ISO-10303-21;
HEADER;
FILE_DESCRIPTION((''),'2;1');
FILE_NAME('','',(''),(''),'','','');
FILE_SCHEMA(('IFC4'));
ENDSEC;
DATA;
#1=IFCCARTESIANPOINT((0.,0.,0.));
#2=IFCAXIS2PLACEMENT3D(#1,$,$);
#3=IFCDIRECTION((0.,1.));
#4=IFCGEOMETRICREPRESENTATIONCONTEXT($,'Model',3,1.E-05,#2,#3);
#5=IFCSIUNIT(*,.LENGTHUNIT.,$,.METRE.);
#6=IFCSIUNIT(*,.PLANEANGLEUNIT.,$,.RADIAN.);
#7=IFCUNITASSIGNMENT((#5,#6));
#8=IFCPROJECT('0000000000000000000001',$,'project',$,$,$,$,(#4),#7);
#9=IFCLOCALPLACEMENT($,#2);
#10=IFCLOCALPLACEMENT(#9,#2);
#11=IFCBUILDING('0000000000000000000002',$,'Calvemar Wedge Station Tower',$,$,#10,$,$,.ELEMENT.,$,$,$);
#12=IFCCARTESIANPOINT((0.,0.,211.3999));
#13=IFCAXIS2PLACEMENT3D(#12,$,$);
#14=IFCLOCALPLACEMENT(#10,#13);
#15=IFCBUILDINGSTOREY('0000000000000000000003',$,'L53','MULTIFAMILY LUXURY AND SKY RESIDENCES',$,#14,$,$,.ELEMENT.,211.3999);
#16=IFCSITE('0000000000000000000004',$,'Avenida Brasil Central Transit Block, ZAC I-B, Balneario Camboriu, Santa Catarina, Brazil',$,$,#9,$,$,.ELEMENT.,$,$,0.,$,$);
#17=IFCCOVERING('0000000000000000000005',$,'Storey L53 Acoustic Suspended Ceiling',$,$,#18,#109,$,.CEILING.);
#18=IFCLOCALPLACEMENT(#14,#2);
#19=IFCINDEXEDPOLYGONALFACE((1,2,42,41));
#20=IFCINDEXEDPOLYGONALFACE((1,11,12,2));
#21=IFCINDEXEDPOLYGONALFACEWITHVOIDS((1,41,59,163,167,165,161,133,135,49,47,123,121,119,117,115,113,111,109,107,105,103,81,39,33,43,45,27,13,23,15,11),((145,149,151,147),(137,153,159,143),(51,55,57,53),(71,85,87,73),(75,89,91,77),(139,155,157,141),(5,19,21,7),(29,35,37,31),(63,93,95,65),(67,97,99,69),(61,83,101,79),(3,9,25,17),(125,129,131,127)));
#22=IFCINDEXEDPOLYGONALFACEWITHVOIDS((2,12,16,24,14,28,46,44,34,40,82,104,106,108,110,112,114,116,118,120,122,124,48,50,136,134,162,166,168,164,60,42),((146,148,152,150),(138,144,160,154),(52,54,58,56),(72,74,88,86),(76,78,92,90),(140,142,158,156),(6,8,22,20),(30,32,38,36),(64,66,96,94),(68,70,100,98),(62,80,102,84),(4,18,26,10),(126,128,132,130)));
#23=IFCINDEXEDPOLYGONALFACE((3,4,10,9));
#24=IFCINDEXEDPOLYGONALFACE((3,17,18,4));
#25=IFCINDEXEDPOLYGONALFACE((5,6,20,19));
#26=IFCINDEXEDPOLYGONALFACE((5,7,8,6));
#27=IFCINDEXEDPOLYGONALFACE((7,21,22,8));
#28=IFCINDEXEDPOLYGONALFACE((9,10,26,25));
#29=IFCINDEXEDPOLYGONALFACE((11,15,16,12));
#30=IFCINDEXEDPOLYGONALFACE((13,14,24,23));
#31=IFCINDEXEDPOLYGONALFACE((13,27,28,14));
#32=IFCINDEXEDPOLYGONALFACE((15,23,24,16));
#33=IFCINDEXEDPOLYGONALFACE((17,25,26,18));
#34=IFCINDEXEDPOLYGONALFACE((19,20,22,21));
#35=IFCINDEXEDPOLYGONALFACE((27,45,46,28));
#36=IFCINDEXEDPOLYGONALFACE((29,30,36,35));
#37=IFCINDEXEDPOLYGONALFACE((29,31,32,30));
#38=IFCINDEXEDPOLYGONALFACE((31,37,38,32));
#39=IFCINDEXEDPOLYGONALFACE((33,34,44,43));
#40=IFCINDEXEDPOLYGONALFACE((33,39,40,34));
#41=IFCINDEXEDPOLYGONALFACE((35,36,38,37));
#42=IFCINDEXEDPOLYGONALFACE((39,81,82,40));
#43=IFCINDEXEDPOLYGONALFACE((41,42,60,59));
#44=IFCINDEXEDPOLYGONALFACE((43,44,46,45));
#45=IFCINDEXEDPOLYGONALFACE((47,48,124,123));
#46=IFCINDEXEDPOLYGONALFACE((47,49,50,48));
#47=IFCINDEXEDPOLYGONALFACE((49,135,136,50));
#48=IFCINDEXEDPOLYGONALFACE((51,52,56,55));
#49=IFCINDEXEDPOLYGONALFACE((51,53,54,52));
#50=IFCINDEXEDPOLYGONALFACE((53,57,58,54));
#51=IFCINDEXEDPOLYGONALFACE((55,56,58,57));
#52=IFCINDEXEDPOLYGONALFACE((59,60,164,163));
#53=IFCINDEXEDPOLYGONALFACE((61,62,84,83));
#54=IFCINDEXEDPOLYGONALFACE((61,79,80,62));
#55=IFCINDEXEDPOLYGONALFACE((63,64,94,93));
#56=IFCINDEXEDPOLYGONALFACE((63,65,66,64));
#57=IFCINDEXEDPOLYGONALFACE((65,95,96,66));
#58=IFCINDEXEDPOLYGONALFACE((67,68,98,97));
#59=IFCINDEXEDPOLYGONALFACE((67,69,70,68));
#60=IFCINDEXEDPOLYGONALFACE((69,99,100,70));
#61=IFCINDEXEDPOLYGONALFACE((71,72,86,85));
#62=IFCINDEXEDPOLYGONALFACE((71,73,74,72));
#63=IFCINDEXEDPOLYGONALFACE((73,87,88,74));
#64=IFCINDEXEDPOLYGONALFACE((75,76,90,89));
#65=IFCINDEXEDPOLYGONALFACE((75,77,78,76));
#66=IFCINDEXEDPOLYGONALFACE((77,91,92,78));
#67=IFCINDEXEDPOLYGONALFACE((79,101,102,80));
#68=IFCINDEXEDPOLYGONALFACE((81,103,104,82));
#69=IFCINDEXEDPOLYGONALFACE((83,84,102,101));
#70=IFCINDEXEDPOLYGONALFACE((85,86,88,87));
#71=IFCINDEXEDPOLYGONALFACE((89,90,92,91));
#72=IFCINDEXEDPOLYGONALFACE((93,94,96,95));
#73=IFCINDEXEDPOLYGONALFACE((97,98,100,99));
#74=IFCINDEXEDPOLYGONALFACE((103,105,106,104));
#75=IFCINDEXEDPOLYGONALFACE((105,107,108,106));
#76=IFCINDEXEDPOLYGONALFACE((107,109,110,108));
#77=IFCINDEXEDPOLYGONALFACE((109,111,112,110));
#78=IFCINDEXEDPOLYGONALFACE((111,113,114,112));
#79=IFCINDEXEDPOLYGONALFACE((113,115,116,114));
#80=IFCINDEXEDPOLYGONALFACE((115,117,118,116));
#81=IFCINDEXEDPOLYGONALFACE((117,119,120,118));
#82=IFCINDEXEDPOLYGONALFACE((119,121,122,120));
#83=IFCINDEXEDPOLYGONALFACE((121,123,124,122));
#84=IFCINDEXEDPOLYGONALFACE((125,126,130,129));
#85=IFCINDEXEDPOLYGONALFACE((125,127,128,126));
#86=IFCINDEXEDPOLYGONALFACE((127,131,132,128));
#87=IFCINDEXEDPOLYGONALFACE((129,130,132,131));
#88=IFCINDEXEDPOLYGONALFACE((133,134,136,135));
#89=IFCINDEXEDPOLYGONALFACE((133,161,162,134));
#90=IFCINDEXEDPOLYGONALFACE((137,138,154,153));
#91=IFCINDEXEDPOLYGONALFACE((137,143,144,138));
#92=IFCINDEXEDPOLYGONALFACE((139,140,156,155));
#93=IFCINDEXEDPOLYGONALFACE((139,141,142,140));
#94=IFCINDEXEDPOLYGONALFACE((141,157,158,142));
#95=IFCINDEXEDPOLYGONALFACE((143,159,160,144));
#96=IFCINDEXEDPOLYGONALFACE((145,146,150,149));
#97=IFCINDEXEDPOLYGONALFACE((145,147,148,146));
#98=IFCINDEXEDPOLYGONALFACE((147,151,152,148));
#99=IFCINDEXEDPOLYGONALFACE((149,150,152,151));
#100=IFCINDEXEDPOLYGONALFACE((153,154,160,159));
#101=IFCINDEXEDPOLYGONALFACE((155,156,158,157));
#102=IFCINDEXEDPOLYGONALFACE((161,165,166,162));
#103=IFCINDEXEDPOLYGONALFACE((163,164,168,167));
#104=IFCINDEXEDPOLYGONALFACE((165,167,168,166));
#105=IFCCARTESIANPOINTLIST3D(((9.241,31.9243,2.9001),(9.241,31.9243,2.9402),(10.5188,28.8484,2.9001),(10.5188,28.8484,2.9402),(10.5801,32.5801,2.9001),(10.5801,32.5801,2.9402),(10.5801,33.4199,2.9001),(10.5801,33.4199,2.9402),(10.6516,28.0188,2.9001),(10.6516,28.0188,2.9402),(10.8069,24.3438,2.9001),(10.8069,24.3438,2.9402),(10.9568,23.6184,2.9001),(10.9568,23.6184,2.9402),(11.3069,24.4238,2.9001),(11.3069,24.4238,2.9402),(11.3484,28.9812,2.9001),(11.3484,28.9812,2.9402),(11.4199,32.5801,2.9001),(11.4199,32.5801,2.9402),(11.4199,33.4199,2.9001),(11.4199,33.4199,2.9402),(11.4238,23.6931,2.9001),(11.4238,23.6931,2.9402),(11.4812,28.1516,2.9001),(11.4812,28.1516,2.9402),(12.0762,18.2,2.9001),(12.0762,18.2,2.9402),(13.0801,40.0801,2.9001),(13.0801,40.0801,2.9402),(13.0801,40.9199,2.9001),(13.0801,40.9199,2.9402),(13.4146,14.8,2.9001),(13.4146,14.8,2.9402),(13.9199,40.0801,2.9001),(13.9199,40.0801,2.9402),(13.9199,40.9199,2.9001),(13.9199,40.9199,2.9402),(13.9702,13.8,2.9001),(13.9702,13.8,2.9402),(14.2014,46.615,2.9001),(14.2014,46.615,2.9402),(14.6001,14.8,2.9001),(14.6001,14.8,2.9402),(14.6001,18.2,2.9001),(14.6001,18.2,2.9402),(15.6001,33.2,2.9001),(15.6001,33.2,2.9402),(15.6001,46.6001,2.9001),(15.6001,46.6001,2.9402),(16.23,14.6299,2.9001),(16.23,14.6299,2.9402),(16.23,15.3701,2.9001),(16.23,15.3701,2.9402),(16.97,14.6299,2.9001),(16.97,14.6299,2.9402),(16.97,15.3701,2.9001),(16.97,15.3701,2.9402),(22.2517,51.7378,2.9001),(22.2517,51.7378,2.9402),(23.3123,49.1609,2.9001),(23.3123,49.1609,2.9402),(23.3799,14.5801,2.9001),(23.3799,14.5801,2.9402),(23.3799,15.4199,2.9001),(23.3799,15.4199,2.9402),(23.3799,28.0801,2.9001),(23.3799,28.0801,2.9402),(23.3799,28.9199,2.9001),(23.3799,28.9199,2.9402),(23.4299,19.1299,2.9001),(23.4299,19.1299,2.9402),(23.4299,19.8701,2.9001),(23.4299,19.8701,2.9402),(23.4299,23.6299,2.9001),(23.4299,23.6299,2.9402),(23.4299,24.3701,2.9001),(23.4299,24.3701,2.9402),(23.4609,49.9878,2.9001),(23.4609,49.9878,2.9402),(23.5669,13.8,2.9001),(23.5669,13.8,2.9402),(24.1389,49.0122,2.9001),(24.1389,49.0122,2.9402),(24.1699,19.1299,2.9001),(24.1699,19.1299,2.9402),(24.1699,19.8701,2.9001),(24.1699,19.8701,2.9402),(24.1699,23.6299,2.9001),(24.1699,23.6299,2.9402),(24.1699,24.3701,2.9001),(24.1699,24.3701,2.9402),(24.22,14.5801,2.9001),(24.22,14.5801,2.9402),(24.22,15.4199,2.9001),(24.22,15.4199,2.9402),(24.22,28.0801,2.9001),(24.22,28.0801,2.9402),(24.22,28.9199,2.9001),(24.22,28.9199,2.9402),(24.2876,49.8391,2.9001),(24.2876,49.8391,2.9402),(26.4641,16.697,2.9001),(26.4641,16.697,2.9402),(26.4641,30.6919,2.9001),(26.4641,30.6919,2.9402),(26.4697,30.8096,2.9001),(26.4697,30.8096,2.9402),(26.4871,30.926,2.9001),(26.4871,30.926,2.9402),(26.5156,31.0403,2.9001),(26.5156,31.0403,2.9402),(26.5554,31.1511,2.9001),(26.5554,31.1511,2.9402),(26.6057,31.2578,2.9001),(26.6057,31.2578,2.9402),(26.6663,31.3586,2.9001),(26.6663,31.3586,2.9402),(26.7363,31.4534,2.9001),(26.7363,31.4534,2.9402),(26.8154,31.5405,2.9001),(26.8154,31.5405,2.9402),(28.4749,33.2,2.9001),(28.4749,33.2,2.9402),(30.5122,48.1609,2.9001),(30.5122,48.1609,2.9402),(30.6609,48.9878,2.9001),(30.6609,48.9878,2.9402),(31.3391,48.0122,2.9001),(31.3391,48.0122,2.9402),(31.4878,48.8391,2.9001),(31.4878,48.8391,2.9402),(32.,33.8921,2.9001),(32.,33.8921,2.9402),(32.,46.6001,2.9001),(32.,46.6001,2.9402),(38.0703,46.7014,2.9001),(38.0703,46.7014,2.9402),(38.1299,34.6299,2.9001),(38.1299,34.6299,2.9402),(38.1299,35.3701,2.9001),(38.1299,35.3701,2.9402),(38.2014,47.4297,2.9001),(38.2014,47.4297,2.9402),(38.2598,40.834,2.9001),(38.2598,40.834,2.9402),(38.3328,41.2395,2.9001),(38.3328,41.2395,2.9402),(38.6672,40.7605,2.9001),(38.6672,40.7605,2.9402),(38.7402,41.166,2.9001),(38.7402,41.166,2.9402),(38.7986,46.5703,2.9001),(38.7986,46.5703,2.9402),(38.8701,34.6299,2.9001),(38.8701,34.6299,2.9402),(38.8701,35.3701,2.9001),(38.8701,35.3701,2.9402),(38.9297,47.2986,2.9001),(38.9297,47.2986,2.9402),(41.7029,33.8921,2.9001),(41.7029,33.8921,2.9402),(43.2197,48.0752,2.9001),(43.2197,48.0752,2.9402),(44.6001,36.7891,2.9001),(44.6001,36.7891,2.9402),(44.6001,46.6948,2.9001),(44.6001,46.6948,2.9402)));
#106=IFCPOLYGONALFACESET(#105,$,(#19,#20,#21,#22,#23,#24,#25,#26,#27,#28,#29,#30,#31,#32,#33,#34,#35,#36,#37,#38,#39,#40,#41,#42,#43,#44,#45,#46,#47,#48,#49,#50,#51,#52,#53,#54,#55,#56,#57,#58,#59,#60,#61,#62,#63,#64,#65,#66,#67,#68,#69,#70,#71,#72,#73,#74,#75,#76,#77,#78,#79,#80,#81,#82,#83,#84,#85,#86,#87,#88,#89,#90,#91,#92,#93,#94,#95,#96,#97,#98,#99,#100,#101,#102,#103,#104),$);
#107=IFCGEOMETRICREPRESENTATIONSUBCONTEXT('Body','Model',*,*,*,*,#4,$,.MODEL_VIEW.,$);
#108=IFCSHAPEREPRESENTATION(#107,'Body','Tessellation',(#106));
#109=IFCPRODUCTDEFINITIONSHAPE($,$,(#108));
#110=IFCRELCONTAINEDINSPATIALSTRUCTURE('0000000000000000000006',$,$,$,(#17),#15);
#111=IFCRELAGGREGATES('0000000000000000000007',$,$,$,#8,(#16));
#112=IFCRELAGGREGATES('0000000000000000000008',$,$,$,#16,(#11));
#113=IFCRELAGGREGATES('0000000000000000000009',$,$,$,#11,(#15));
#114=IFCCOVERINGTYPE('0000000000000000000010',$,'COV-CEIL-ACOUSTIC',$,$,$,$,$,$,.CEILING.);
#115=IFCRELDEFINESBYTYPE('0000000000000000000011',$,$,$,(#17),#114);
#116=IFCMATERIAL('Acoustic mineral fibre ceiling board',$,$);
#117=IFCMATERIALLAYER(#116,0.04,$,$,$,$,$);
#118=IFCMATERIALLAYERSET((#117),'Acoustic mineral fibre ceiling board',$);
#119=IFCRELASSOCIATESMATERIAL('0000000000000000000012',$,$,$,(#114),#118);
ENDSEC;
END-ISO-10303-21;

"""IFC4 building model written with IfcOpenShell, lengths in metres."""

from ifc_helpers import new_model, si_unit, direction, frame, origin, place, context, subcontext, project, spatial, polyline, outline, extrude, material, layer, layer_set, type_object, element, save


model = new_model("IFC4")

# Units and contexts
model_context = context("Model", 3, precision=1e-05, world=origin(), true_north=direction((0.0, 1.0)))
body_context = subcontext(model_context, "Body", "Model", "MODEL_VIEW")
ifc_project = project(units=[si_unit("LENGTHUNIT", "METRE"), si_unit("PLANEANGLEUNIT", "RADIAN")], contexts=[model_context])

# Site, building, storey
site_placement = place(None, origin())
site = spatial("IfcSite", under=ifc_project, at=site_placement, Name="Avenida Brasil Central Transit Block, ZAC I-B, Balneario Camboriu, Santa Catarina, Brazil", CompositionType="ELEMENT", RefElevation=0.0)
building_placement = place(site_placement, origin())
building = spatial("IfcBuilding", under=site, at=building_placement, Name="Calvemar Wedge Station Tower", CompositionType="ELEMENT")
storey_placement = place(building_placement, frame((0.0, 0.0, 211.3999)))
storey = spatial("IfcBuildingStorey", under=building, at=storey_placement, Name="L53", Description="MULTIFAMILY LUXURY AND SKY RESIDENCES", CompositionType="ELEMENT", Elevation=211.3999)

# Covering
ifc_material_1 = material(Name="Acoustic mineral fibre ceiling board")
ifc_layer_1 = layer(ifc_material_1, 0.04)
ifc_layer_set_1 = layer_set([ifc_layer_1], Name="Acoustic mineral fibre ceiling board")
covering_type_1 = type_object("IfcCoveringType", Name="COV-CEIL-ACOUSTIC", PredefinedType="CEILING", material=ifc_layer_set_1)
covering_1_placement = place(storey_placement, frame((0.0, 0.0, 2.9001)))
element("IfcCovering", 1, at=covering_1_placement, inside=storey, type_object=covering_type_1, Name="Storey L53 Acoustic Suspended Ceiling", PredefinedType="CEILING", context=body_context, shape_type="SweptSolid", body=[
    extrude(outline(polyline([(26.6663, 31.3586), (26.7363, 31.4534), (26.8154, 31.5405), (28.4749, 33.2), (15.6001, 33.2), (15.6001, 46.6001), (32.0, 46.6001), (32.0, 33.8921), (41.7029, 33.8921), (44.6001, 36.7891), (44.6001, 46.6948), (43.2197, 48.0752), (22.2517, 51.7378), (14.2014, 46.615), (9.241, 31.9243), (10.8069, 24.3438), (11.3069, 24.4238), (11.4238, 23.6931), (10.9568, 23.6184), (12.0762, 18.2), (14.6001, 18.2), (14.6001, 14.8), (13.4146, 14.8), (13.9702, 13.8), (23.5669, 13.8), (26.4641, 16.697), (26.4641, 30.6919), (26.4697, 30.8096), (26.4871, 30.926), (26.5156, 31.0403), (26.5554, 31.1511), (26.6057, 31.2578), (26.6663, 31.3586)]), holes=[polyline([(11.4199, 33.4199), (11.4199, 32.5801), (10.5801, 32.5801), (10.5801, 33.4199), (11.4199, 33.4199)]), polyline([(13.9199, 40.0801), (13.0801, 40.0801), (13.0801, 40.9199), (13.9199, 40.9199), (13.9199, 40.0801)]), polyline([(23.3123, 49.1609), (23.4609, 49.9878), (24.2876, 49.8391), (24.1389, 49.0122), (23.3123, 49.1609)]), polyline([(30.6609, 48.9878), (31.4878, 48.8391), (31.3391, 48.0122), (30.5122, 48.1609), (30.6609, 48.9878)]), polyline([(38.9297, 47.2986), (38.7986, 46.5703), (38.0703, 46.7014), (38.2014, 47.4297), (38.9297, 47.2986)]), polyline([(38.8701, 34.6299), (38.1299, 34.6299), (38.1299, 35.3701), (38.8701, 35.3701), (38.8701, 34.6299)]), polyline([(38.2598, 40.834), (38.3328, 41.2395), (38.7402, 41.166), (38.6672, 40.7605), (38.2598, 40.834)]), polyline([(11.3484, 28.9812), (11.4812, 28.1516), (10.6516, 28.0188), (10.5188, 28.8484), (11.3484, 28.9812)]), polyline([(24.22, 28.0801), (23.3799, 28.0801), (23.3799, 28.9199), (24.22, 28.9199), (24.22, 28.0801)]), polyline([(23.4299, 23.6299), (23.4299, 24.3701), (24.1699, 24.3701), (24.1699, 23.6299), (23.4299, 23.6299)]), polyline([(23.4299, 19.8701), (24.1699, 19.8701), (24.1699, 19.1299), (23.4299, 19.1299), (23.4299, 19.8701)]), polyline([(24.22, 15.4199), (24.22, 14.5801), (23.3799, 14.5801), (23.3799, 15.4199), (24.22, 15.4199)]), polyline([(16.97, 14.6299), (16.23, 14.6299), (16.23, 15.3701), (16.97, 15.3701), (16.97, 14.6299)])]), origin(), (0.0, 0.0, 1.0), 0.04),
])

save(model, "model.ifc")
